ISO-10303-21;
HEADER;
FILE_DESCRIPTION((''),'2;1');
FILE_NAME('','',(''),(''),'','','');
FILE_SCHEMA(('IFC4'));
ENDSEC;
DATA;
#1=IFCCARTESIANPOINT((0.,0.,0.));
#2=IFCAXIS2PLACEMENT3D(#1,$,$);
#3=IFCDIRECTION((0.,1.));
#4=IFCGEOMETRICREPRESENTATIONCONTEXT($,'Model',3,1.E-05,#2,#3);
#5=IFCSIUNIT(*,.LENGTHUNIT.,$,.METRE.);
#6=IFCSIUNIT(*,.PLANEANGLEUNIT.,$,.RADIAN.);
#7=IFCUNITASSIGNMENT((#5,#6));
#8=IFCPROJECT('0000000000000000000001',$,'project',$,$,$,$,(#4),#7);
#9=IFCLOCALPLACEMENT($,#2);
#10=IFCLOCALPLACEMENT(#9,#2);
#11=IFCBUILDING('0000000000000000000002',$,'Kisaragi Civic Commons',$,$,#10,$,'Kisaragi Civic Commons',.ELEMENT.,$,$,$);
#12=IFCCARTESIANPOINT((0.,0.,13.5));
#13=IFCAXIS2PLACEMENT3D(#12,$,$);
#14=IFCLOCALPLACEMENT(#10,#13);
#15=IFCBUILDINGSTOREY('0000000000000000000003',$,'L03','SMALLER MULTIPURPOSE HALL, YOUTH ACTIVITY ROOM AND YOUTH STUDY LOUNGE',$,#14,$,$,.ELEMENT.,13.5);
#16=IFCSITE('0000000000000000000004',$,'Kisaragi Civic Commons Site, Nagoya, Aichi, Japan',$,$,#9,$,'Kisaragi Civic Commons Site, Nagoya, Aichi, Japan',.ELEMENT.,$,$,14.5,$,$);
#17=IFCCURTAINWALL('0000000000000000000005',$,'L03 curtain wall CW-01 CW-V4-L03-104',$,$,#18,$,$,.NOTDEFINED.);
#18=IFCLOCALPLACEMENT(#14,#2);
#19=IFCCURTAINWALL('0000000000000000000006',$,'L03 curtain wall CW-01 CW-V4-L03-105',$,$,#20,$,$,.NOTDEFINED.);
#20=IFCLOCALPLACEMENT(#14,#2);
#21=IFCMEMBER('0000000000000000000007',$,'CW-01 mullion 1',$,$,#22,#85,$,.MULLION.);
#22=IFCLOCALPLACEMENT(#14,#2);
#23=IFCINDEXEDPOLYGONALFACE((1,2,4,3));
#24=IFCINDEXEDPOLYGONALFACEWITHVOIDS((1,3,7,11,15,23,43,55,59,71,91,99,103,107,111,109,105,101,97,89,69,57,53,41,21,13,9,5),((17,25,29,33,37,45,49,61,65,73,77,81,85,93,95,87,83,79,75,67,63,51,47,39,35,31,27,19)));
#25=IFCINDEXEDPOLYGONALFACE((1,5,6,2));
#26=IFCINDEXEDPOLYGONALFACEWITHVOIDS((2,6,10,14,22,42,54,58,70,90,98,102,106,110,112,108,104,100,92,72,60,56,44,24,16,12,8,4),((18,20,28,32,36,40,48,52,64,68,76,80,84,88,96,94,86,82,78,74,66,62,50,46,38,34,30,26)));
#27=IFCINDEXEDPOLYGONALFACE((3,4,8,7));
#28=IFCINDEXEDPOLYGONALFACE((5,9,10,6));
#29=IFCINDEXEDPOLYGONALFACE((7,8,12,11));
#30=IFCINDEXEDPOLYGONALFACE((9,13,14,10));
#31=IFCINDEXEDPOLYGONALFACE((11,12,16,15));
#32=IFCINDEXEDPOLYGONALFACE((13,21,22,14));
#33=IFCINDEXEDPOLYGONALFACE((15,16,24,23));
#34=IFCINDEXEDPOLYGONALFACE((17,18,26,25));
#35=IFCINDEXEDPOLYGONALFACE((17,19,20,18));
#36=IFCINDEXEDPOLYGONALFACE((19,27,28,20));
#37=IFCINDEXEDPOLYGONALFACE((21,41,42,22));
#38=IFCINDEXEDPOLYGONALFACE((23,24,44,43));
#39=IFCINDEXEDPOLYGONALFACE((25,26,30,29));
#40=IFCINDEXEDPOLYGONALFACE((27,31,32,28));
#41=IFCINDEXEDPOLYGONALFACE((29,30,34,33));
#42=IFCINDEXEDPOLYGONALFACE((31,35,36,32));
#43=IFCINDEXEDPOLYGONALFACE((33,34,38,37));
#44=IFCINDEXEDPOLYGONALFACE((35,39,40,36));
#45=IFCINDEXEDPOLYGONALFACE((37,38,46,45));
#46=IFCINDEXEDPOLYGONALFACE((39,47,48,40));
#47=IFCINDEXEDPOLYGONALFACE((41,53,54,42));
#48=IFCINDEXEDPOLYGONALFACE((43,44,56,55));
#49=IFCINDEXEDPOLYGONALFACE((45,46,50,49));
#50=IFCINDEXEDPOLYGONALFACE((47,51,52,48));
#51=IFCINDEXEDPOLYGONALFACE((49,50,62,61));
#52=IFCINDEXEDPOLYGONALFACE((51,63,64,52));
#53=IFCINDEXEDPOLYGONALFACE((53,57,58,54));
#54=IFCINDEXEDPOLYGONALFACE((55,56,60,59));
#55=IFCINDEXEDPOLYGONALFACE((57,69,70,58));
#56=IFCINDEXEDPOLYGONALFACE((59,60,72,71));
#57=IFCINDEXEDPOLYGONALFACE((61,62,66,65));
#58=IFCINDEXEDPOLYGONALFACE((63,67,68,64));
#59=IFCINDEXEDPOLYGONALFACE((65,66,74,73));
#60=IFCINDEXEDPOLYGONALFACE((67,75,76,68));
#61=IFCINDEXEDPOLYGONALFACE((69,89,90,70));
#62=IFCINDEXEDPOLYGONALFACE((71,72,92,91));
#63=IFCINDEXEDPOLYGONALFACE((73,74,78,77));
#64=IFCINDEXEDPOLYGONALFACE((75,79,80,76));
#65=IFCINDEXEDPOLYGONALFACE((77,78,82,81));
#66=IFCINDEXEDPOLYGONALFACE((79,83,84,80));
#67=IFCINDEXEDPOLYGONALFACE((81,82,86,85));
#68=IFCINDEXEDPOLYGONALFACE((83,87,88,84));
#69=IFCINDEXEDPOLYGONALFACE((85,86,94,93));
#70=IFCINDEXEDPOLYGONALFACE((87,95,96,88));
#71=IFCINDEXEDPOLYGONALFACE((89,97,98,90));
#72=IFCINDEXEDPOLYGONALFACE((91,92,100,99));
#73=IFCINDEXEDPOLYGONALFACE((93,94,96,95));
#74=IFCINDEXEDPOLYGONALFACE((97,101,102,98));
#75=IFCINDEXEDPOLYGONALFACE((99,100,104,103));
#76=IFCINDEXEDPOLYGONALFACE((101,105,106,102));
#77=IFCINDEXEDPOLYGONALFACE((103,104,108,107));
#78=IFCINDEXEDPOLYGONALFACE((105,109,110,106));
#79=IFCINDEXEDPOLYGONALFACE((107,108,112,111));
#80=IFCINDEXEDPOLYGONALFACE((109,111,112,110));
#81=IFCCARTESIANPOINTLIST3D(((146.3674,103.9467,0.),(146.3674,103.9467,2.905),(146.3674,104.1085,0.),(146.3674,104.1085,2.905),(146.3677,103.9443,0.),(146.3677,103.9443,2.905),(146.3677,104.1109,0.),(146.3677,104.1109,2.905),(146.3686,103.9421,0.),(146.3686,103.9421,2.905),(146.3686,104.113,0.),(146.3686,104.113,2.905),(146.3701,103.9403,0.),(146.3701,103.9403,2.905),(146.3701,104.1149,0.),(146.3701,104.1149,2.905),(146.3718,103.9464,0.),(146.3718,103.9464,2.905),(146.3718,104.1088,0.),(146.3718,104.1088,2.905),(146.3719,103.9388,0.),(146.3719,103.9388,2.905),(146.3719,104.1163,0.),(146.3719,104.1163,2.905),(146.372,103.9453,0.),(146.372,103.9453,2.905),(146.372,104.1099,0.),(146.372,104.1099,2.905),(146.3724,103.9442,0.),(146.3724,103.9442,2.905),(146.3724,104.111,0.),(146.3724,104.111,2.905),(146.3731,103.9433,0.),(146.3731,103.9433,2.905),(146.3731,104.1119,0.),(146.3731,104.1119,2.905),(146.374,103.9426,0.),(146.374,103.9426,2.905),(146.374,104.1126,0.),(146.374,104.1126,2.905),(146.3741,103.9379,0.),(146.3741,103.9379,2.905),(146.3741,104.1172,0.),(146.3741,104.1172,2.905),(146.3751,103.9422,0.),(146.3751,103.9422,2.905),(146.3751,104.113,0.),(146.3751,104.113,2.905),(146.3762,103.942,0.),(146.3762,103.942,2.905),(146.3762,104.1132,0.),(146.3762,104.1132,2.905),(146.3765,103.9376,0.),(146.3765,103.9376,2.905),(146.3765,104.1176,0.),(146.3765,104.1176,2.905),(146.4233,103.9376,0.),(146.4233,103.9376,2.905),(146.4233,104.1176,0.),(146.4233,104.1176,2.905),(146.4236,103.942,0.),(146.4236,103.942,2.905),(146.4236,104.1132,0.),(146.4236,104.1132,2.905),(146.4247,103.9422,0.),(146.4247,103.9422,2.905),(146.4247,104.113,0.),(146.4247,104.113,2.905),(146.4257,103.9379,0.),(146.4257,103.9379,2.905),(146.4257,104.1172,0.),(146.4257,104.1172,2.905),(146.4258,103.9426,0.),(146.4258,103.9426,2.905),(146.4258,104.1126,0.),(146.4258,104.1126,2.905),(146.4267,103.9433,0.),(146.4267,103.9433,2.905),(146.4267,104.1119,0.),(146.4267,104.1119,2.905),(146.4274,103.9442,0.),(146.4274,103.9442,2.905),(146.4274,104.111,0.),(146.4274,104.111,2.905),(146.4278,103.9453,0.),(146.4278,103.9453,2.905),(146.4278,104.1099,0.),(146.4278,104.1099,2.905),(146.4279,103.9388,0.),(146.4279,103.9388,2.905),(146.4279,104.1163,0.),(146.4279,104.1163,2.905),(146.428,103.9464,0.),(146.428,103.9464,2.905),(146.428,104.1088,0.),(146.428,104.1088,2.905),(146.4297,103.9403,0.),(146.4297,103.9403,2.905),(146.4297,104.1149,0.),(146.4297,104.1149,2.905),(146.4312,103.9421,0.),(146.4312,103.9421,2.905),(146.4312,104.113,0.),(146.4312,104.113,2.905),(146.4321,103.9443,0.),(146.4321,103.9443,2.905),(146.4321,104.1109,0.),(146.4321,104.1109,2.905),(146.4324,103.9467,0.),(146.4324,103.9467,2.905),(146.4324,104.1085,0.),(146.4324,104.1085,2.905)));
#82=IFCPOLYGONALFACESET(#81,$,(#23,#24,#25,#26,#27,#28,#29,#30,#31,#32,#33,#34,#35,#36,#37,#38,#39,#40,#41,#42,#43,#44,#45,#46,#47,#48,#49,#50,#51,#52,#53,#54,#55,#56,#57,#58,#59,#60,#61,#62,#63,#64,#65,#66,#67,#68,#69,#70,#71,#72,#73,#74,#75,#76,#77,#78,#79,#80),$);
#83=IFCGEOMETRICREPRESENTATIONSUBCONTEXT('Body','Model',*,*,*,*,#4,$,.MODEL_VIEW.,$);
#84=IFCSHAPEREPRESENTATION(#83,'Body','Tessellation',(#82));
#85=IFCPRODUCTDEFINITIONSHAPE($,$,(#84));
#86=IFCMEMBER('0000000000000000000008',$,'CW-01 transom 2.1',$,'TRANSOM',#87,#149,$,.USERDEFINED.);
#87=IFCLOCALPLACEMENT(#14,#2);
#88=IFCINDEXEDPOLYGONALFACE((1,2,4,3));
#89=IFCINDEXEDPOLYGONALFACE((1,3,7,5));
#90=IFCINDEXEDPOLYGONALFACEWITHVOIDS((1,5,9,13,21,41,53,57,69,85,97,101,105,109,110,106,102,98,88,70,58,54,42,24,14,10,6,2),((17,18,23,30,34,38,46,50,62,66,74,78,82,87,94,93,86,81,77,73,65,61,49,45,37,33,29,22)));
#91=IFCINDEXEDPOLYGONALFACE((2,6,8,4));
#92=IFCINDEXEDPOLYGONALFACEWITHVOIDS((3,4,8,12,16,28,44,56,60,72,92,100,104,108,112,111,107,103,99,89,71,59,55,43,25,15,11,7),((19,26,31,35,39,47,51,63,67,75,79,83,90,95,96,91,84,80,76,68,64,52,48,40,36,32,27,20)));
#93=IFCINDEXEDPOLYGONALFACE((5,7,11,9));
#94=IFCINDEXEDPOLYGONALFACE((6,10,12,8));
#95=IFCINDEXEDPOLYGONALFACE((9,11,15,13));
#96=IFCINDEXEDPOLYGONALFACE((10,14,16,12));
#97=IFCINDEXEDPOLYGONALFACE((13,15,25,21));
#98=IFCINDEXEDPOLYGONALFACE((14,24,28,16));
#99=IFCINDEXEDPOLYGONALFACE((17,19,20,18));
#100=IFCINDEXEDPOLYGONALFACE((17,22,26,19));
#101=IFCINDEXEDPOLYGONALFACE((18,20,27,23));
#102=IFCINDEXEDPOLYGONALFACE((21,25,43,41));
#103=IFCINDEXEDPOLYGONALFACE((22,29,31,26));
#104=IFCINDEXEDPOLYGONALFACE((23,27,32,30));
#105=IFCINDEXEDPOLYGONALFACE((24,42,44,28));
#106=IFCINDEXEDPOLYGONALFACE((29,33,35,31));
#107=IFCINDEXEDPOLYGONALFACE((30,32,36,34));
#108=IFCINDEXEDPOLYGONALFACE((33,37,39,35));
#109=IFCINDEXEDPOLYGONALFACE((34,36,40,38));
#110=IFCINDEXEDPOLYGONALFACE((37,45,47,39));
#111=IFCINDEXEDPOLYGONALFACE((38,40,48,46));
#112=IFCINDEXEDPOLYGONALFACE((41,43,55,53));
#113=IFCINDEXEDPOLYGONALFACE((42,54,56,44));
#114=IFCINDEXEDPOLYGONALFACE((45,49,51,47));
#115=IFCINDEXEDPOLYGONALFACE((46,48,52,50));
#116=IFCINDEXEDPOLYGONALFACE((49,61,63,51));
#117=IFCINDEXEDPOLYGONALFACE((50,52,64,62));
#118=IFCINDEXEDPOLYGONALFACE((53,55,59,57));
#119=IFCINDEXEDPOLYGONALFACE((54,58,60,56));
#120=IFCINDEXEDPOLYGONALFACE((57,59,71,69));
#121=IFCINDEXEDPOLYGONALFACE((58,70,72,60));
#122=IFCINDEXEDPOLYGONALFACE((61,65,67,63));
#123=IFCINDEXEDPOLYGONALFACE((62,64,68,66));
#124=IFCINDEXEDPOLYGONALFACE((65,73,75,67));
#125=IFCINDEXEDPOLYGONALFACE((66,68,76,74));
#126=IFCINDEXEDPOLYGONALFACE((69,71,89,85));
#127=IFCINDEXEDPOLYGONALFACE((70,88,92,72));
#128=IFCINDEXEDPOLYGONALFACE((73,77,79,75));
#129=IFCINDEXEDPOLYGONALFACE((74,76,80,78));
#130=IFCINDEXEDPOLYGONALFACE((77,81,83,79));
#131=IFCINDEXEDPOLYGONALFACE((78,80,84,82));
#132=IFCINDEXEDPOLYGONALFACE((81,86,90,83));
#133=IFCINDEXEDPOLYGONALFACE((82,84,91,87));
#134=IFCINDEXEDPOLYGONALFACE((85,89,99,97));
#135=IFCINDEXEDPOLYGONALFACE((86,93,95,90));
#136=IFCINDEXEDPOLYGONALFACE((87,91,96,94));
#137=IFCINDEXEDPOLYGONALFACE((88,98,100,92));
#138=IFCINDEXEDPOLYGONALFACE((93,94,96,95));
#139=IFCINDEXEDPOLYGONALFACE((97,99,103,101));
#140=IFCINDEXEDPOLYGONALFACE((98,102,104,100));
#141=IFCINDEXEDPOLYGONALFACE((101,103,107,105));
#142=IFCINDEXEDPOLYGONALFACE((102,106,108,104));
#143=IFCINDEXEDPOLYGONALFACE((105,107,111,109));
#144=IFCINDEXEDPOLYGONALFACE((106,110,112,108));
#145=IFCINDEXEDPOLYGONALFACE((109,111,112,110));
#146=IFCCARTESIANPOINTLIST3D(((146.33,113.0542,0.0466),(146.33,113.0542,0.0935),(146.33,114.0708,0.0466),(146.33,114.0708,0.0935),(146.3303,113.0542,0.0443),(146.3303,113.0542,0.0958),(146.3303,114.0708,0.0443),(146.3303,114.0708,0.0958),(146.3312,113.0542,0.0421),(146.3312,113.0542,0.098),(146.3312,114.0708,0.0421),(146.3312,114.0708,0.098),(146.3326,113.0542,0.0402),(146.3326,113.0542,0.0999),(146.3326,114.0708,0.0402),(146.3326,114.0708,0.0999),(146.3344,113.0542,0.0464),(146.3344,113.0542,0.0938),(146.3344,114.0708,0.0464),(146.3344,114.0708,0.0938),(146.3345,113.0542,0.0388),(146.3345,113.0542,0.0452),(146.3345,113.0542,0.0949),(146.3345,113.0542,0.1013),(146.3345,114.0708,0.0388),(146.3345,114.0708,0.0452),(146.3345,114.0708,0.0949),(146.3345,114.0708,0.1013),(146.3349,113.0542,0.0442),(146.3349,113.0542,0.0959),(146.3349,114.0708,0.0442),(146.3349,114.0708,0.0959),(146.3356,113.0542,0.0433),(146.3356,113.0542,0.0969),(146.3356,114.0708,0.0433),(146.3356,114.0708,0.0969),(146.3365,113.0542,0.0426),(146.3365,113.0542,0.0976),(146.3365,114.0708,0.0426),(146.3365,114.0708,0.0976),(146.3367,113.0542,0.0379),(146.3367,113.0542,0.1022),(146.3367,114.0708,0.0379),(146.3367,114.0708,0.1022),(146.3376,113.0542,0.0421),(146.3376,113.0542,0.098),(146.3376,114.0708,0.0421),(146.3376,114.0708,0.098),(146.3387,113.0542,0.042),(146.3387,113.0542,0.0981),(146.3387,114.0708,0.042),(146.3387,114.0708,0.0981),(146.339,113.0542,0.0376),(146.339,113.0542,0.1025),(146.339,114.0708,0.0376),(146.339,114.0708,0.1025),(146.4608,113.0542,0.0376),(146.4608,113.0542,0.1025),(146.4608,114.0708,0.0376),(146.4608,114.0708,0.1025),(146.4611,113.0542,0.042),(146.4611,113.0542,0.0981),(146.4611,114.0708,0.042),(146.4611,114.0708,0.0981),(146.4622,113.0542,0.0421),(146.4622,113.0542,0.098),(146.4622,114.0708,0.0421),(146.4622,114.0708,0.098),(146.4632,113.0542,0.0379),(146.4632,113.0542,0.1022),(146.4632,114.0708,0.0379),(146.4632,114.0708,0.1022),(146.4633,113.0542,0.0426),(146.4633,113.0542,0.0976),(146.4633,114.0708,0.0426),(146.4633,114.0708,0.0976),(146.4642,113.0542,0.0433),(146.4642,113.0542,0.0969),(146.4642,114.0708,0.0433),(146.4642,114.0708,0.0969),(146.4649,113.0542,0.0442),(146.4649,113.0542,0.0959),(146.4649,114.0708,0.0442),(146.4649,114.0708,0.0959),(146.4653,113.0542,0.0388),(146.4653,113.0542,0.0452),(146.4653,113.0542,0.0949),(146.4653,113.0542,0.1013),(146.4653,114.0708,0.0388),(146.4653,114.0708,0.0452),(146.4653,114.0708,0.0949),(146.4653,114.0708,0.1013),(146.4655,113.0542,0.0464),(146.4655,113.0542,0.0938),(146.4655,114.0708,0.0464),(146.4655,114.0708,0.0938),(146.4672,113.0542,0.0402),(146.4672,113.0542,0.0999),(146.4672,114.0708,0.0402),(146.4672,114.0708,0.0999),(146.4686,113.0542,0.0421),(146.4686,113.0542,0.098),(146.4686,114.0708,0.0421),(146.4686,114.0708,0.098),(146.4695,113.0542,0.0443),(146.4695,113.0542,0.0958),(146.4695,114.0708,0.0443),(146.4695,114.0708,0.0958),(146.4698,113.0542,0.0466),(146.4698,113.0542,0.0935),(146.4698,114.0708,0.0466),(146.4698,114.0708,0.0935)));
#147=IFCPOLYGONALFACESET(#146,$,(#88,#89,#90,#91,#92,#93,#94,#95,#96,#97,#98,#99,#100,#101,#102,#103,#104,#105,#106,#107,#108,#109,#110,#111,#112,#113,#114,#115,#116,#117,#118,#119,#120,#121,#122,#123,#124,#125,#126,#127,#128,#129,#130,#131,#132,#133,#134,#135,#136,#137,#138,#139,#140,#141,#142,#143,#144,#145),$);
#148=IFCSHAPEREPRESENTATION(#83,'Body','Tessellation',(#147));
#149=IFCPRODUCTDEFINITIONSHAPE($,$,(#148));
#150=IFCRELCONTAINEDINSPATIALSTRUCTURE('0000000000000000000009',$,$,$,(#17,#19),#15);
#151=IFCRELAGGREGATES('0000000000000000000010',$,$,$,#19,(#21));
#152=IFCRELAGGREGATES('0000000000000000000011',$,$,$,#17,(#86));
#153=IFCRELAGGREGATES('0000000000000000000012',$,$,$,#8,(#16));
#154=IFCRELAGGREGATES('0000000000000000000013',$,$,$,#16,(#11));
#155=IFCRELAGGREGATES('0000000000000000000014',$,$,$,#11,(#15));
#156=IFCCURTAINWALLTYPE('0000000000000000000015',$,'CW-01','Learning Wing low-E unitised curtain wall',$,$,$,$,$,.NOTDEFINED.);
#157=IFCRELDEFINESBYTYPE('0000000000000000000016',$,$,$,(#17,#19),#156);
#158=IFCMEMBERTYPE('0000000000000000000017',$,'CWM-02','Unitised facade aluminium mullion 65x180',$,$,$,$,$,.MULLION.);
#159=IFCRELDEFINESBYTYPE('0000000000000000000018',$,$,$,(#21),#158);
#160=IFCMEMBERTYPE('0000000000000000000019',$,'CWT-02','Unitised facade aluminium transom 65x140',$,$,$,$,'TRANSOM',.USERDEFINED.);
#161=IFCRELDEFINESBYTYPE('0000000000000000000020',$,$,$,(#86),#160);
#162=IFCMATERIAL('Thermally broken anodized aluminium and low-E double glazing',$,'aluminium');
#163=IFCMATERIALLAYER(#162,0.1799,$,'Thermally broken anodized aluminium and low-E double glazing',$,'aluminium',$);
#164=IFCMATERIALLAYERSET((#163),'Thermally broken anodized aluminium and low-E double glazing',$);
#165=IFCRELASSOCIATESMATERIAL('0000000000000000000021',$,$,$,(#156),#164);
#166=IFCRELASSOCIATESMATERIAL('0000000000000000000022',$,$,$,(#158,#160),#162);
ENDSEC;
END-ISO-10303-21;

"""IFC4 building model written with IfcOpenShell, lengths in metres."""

from ifc_helpers import new_model, si_unit, direction, frame, origin, origin_2d, place, context, subcontext, project, spatial, hollow_rectangle, extrude, material, layer, layer_set, material_profile, profile_set, type_object, element, aggregate, save


model = new_model("IFC4")

# Units and contexts
model_context = context("Model", 3, precision=1e-05, world=origin(), true_north=direction((0.0, 1.0)))
body_context = subcontext(model_context, "Body", "Model", "MODEL_VIEW")
ifc_project = project(units=[si_unit("LENGTHUNIT", "METRE"), si_unit("PLANEANGLEUNIT", "RADIAN")], contexts=[model_context])

# Site, building, storey
site_placement = place(None, origin())
site = spatial("IfcSite", under=ifc_project, at=site_placement, Name="Kisaragi Civic Commons Site, Nagoya, Aichi, Japan", LongName="Kisaragi Civic Commons Site, Nagoya, Aichi, Japan", CompositionType="ELEMENT", RefElevation=14.5)
building_placement = place(site_placement, origin())
building = spatial("IfcBuilding", under=site, at=building_placement, Name="Kisaragi Civic Commons", LongName="Kisaragi Civic Commons", CompositionType="ELEMENT")
storey_placement = place(building_placement, frame((0.0, 0.0, 13.5)))
storey = spatial("IfcBuildingStorey", under=building, at=storey_placement, Name="L03", Description="SMALLER MULTIPURPOSE HALL, YOUTH ACTIVITY ROOM AND YOUTH STUDY LOUNGE", CompositionType="ELEMENT", Elevation=13.5)

# Curtain wall
ifc_material_1 = material(Name="Thermally broken anodized aluminium and low-E double glazing", Category="aluminium")
ifc_layer_1 = layer(ifc_material_1, 0.1799, Name="Thermally broken anodized aluminium and low-E double glazing", Category="aluminium")
ifc_layer_set_1 = layer_set([ifc_layer_1], Name="Thermally broken anodized aluminium and low-E double glazing")
curtain_wall_type = type_object("IfcCurtainWallType", Name="CW-01", Description="Learning Wing low-E unitised curtain wall", PredefinedType="NOTDEFINED", material=ifc_layer_set_1)
curtain_wall_1_placement = place(storey_placement, origin())
curtain_wall_1 = element("IfcCurtainWall", 1, at=curtain_wall_1_placement, inside=storey, type_object=curtain_wall_type, Name="L03 curtain wall CW-01 CW-V4-L03-104", PredefinedType="NOTDEFINED")
ifc_material_profile_1 = material_profile(ifc_material_1, hollow_rectangle(XDim=0.0649, YDim=0.1799, WallThickness=0.0044, InnerFilletRadius=0.0044, OuterFilletRadius=0.009, at=origin_2d()), Name="CWM-65x180x4.5", Category="aluminium")
ifc_profile_set_1 = profile_set([ifc_material_profile_1], Name="Thermally broken anodized aluminium and low-E double glazing")
member_type_1 = type_object("IfcMemberType", Name="CWM-02", Description="Unitised facade aluminium mullion 65x180", PredefinedType="MULLION", material=ifc_profile_set_1)

# Curtain wall, member
curtain_wall_2_placement = place(storey_placement, origin())
curtain_wall_2 = element("IfcCurtainWall", 2, at=curtain_wall_2_placement, inside=storey, type_object=curtain_wall_type, Name="L03 curtain wall CW-01 CW-V4-L03-105", PredefinedType="NOTDEFINED")
member_1_placement = place(storey_placement, frame((146.3999, 104.0276, 0.0), z_axis=(0.0, 0.0, 1.0), x_axis=(1.0, 0.0, 0.0)))
member_1 = element("IfcMember", 3, at=member_1_placement, type_object=member_type_1, Name="CW-01 mullion 1", PredefinedType="MULLION", context=body_context, shape_type="SweptSolid", body=[
    extrude(hollow_rectangle(XDim=0.0649, YDim=0.1799, WallThickness=0.0044, InnerFilletRadius=0.0044, OuterFilletRadius=0.009, at=origin_2d()), origin(), (0.0, 0.0, 1.0), 2.905),
])

# Member
ifc_material_profile_2 = material_profile(ifc_material_1, hollow_rectangle(XDim=0.1399, YDim=0.0649, WallThickness=0.0044, InnerFilletRadius=0.0044, OuterFilletRadius=0.009, at=origin_2d()), Name="CWT-65x140x4.5", Category="aluminium")
ifc_profile_set_2 = profile_set([ifc_material_profile_2], Name="Thermally broken anodized aluminium and low-E double glazing")
member_type_2 = type_object("IfcMemberType", Name="CWT-02", Description="Unitised facade aluminium transom 65x140", ElementType="TRANSOM", PredefinedType="USERDEFINED", material=ifc_profile_set_2)
member_2_placement = place(storey_placement, frame((146.3999, 114.0708, 0.0701), z_axis=(0.0, -1.0, 0.0), x_axis=(1.0, 0.0, 0.0)))
member_2 = element("IfcMember", 4, at=member_2_placement, type_object=member_type_2, Name="CW-01 transom 2.1", ObjectType="TRANSOM", PredefinedType="USERDEFINED", context=body_context, shape_type="SweptSolid", body=[
    extrude(hollow_rectangle(XDim=0.1399, YDim=0.0649, WallThickness=0.0044, InnerFilletRadius=0.0044, OuterFilletRadius=0.009, at=origin_2d()), origin(), (0.0, 0.0, 1.0), 1.0166),
])
aggregate(curtain_wall_2, [member_1])

aggregate(curtain_wall_1, [member_2])

save(model, "model.ifc")
